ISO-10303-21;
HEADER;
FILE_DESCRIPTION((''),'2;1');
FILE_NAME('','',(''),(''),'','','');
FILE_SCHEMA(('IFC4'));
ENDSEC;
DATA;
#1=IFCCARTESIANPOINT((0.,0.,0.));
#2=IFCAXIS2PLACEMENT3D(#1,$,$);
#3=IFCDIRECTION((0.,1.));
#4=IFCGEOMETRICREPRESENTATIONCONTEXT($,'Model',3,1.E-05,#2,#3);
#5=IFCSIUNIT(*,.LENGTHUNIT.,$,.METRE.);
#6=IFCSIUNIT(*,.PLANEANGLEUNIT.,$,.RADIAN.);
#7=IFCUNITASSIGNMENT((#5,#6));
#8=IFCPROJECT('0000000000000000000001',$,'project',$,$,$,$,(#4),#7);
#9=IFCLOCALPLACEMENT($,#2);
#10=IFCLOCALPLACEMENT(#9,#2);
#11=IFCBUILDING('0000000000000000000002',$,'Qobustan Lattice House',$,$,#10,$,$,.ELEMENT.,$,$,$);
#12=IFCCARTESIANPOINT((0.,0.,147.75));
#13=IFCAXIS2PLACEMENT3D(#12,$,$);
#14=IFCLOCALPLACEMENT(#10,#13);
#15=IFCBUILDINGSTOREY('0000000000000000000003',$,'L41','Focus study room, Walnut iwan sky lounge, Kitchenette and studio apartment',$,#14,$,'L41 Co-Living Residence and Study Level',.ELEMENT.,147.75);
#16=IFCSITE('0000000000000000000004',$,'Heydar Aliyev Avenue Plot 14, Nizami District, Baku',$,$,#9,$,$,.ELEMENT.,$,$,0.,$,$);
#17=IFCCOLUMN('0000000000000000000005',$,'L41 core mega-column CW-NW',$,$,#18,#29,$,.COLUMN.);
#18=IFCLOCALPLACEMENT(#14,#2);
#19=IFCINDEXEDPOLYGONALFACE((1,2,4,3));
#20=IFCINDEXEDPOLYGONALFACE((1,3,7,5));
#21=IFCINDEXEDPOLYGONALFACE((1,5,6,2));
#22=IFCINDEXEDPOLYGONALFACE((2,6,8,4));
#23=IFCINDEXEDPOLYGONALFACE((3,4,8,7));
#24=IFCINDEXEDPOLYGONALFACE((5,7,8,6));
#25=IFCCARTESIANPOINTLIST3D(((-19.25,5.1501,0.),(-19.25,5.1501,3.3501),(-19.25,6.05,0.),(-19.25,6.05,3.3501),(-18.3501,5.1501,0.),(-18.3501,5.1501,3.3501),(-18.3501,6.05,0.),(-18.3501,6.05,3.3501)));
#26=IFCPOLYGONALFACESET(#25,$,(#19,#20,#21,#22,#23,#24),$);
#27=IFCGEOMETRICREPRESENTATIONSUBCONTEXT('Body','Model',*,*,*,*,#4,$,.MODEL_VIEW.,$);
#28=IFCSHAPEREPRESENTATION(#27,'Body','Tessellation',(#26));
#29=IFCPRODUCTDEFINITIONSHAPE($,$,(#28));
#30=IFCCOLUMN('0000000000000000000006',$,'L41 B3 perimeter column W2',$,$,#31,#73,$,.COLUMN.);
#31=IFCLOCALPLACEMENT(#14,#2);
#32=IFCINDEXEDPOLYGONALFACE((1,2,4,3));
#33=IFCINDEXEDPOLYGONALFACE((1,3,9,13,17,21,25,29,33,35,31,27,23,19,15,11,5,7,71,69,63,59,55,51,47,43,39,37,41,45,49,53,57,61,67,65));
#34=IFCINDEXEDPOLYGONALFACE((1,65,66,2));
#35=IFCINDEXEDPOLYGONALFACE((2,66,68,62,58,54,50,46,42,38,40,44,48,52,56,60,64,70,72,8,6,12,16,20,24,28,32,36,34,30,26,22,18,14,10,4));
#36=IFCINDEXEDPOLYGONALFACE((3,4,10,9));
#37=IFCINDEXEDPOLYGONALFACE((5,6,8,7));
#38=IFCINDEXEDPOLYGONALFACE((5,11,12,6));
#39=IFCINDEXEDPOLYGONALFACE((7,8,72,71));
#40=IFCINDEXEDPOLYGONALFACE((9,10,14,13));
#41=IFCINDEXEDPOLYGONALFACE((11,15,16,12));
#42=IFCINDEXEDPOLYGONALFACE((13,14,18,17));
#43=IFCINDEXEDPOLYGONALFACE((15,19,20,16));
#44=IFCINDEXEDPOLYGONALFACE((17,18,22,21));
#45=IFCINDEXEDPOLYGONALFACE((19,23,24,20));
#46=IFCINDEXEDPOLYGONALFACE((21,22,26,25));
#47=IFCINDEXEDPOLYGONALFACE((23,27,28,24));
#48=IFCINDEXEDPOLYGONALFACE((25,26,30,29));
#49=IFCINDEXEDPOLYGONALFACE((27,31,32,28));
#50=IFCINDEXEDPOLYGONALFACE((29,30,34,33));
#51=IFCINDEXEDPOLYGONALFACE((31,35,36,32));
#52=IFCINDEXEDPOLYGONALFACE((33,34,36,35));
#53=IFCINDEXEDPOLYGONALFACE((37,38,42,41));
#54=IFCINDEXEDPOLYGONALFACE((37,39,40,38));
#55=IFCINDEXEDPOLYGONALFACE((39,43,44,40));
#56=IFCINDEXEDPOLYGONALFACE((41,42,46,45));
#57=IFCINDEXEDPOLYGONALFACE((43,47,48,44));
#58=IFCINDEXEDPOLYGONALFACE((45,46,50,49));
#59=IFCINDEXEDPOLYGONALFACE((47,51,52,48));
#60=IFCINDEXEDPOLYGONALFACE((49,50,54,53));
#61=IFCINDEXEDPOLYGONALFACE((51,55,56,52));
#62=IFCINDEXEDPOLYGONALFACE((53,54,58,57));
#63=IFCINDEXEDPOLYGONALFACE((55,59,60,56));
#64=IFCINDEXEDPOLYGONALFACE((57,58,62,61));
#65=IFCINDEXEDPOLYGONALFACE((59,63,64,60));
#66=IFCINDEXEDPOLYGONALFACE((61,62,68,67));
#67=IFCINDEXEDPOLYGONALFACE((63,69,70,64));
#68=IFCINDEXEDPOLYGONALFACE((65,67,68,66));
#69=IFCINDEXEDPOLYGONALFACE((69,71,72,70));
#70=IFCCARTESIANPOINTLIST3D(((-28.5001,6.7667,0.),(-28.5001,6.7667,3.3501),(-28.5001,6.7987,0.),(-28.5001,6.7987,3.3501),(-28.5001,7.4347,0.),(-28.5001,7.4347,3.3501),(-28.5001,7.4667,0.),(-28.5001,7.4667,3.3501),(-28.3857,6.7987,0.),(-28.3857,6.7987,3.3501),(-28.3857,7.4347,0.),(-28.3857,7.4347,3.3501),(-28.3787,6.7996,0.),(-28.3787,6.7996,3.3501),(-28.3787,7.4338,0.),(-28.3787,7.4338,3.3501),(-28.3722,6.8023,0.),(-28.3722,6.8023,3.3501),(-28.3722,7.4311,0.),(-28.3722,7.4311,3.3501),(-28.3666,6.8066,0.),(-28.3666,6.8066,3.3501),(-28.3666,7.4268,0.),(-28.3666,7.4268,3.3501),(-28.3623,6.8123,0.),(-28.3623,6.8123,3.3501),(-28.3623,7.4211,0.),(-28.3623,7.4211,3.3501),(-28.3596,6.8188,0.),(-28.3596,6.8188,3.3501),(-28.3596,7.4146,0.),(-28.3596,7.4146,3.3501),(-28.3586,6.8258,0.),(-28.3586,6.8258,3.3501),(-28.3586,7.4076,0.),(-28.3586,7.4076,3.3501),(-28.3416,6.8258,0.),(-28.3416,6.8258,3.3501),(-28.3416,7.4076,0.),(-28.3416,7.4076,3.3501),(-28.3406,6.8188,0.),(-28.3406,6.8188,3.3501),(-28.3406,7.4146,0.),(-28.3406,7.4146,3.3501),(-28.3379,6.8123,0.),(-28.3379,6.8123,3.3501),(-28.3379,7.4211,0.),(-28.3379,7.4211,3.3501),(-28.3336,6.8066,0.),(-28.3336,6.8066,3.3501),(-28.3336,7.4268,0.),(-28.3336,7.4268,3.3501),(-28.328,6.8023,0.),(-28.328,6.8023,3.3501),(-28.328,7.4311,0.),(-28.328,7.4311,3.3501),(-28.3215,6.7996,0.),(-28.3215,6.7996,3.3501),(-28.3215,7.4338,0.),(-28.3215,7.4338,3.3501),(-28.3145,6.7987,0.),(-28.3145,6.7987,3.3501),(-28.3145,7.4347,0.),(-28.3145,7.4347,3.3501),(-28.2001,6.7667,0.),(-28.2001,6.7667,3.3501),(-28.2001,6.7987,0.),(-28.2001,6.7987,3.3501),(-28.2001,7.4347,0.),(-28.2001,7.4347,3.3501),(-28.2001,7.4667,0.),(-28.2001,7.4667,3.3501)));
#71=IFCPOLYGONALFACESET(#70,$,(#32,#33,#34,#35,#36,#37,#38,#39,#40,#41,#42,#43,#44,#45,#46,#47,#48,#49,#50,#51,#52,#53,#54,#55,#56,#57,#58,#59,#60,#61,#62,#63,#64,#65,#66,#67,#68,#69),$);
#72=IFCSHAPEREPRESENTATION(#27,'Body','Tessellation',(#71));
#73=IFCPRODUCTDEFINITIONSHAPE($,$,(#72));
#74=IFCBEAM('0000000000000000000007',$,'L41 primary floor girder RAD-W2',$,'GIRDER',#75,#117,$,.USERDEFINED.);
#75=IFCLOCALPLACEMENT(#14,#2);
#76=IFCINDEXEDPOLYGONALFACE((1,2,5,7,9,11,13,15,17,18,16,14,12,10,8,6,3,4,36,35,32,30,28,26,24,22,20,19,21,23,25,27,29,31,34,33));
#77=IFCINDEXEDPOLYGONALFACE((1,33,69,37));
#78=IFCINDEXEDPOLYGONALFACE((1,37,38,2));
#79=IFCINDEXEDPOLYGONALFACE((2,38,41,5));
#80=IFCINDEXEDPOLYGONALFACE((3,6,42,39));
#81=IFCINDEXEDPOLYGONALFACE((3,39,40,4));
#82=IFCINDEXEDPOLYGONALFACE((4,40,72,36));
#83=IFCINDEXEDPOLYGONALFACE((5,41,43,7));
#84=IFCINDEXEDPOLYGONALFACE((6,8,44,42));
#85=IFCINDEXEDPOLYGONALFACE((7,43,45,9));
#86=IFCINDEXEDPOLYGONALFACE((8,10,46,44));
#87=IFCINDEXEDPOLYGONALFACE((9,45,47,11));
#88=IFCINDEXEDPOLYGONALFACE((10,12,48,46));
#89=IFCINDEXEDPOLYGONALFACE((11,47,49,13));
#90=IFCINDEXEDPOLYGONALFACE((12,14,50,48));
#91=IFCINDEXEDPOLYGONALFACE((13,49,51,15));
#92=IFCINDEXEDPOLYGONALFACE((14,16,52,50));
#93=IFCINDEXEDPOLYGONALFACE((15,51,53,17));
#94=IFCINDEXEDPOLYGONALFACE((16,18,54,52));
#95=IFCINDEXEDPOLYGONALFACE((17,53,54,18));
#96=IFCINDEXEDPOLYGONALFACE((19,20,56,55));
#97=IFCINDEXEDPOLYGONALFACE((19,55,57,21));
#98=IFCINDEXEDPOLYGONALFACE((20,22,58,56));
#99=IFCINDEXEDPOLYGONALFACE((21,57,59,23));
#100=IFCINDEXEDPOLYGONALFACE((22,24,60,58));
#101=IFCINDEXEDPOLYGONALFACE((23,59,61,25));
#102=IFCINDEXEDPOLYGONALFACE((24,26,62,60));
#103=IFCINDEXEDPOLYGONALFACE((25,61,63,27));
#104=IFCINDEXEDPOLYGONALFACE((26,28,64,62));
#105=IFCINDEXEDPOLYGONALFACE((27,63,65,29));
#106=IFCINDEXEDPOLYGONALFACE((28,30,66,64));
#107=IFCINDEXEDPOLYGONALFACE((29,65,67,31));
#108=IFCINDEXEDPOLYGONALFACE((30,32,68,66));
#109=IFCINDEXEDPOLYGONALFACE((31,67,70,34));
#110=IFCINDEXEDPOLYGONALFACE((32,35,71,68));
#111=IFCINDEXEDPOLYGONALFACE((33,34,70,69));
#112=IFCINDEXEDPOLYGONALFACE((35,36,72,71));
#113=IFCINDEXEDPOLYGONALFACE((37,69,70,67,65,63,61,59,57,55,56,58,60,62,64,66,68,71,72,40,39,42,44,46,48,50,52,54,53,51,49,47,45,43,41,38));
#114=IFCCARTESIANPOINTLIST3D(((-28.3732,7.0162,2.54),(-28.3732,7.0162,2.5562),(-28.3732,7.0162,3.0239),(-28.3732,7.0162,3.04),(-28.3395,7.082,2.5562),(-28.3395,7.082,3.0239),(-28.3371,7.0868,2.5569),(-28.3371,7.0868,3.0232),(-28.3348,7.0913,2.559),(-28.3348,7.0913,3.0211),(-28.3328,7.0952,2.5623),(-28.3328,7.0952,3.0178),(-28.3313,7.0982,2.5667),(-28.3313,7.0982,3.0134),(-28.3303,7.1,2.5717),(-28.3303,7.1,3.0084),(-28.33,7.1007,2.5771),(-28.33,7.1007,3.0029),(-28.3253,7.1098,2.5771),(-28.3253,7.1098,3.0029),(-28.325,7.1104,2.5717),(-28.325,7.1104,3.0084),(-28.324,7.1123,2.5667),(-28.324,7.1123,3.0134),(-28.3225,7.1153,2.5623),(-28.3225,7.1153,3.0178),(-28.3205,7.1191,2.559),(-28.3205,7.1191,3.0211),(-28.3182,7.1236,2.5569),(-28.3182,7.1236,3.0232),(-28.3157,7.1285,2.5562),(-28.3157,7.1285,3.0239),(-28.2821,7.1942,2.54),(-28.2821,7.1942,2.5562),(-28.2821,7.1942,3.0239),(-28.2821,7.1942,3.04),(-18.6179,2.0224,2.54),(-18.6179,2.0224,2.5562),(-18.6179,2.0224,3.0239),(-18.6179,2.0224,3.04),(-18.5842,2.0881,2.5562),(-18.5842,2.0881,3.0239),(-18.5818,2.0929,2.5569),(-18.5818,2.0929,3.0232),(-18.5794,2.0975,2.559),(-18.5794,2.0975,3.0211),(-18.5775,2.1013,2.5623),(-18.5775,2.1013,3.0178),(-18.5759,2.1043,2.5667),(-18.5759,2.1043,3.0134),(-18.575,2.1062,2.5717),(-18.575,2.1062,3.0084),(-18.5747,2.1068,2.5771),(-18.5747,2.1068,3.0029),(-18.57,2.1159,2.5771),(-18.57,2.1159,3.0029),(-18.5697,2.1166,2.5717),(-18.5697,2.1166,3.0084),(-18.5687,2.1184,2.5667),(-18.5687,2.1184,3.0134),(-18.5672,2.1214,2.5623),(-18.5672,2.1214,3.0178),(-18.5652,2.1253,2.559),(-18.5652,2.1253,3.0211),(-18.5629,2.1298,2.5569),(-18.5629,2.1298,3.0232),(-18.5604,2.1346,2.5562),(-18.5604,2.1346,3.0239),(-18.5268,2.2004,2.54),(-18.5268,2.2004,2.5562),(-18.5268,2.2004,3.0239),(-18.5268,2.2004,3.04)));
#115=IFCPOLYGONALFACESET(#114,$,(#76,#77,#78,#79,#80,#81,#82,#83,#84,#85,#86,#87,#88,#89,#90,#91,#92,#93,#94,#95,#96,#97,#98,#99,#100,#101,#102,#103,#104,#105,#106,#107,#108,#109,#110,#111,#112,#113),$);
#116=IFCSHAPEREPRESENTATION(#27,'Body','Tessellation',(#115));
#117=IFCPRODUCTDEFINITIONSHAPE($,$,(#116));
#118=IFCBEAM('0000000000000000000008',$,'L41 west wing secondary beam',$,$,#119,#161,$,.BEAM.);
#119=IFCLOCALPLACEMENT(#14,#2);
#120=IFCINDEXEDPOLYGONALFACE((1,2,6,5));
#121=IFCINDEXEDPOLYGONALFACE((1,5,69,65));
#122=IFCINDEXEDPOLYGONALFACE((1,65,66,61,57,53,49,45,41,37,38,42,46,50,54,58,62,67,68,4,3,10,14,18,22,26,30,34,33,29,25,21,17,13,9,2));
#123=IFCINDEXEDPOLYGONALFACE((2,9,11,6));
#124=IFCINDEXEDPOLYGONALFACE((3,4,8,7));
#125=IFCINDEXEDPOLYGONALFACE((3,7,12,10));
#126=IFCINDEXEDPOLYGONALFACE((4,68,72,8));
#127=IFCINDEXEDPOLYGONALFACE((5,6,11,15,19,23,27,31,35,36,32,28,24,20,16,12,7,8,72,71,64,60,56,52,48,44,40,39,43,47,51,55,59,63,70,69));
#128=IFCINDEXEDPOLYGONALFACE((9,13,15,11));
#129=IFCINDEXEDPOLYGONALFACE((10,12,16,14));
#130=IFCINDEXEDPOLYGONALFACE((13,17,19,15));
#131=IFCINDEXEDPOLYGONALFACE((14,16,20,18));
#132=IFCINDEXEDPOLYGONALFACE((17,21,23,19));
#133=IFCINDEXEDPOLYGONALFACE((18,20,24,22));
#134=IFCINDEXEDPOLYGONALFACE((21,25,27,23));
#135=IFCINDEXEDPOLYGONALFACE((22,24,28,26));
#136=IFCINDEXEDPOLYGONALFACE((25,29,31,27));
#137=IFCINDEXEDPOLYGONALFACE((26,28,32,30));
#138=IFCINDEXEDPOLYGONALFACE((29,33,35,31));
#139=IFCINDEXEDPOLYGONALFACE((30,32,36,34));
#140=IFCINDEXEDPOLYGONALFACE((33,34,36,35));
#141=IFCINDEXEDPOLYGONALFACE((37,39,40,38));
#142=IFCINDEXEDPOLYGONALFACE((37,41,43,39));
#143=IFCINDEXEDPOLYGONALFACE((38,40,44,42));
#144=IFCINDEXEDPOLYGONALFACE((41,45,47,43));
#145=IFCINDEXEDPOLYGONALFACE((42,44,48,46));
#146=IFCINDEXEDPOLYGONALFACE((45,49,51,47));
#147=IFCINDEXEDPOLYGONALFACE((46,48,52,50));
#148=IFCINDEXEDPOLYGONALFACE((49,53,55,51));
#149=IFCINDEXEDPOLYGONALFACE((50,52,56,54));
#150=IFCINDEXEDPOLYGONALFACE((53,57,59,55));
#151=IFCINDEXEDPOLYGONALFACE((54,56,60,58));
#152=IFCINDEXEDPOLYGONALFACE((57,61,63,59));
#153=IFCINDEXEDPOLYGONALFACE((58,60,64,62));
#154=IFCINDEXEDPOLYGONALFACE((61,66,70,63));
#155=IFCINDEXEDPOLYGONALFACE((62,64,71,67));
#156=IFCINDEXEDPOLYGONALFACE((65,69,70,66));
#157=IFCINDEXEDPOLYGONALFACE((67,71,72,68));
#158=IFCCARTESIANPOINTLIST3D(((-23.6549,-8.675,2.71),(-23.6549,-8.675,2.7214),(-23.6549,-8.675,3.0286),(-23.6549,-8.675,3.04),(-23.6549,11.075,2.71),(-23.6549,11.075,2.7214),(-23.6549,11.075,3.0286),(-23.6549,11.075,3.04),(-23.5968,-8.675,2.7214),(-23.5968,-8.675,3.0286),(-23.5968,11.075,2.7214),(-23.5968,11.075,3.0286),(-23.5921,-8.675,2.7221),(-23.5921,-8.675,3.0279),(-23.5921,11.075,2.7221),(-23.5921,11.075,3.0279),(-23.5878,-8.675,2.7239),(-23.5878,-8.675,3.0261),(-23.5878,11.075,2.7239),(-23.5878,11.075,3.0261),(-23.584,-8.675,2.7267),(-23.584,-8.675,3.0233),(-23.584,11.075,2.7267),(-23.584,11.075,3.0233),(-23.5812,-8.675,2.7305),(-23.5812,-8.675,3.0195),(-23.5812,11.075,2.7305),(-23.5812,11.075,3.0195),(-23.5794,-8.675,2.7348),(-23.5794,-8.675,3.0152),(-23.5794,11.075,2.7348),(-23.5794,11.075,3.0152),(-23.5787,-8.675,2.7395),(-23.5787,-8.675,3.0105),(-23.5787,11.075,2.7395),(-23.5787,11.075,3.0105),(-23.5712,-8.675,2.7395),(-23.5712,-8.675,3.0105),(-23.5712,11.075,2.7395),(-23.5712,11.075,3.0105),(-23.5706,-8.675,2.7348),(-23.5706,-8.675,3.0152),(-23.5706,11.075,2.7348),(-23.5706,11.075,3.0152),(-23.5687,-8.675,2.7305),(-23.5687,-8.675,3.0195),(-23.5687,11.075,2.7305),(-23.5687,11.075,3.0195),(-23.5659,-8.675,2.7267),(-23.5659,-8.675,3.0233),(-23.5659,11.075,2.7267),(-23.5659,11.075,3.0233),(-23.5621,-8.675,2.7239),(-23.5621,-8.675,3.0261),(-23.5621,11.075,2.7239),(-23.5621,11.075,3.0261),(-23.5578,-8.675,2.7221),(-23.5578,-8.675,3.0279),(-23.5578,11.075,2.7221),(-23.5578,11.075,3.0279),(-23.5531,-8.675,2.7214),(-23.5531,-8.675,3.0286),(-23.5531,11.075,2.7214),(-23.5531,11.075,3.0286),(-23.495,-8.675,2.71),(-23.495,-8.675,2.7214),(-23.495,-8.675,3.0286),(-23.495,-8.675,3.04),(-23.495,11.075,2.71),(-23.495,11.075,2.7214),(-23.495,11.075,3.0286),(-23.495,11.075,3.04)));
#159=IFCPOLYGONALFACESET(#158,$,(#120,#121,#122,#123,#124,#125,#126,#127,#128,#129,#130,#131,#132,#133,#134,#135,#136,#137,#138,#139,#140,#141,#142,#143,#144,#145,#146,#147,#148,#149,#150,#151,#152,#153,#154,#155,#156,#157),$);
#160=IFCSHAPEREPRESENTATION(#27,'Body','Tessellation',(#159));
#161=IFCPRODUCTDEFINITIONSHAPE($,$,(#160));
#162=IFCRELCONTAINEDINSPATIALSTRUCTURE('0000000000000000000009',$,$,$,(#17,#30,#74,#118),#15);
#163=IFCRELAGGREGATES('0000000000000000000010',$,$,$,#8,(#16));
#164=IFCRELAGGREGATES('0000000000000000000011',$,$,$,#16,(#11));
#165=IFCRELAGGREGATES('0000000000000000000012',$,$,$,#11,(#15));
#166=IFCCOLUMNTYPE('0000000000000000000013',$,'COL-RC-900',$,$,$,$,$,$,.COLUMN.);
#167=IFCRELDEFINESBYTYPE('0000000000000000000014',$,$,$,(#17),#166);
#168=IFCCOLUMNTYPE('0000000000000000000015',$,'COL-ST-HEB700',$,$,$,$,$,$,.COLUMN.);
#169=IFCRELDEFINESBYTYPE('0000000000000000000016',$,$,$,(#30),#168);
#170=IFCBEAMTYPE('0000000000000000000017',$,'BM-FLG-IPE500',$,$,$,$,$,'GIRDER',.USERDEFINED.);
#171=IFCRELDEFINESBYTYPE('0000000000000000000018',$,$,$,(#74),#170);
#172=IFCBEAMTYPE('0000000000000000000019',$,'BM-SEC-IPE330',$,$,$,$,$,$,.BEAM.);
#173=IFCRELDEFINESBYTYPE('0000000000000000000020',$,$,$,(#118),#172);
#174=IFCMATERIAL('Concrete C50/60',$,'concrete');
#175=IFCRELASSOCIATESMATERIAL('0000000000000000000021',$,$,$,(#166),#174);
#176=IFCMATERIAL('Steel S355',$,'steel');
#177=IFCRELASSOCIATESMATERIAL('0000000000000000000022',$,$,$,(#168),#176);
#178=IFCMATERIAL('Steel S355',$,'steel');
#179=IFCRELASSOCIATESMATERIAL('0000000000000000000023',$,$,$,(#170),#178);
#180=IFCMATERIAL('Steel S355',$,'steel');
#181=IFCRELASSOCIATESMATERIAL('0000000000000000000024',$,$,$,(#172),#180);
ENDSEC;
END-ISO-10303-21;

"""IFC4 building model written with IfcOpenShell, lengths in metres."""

from ifc_helpers import new_model, si_unit, direction, frame, origin, origin_2d, place, context, subcontext, project, spatial, rectangle, i_section, extrude, material, material_profile, profile_set, type_object, element, save


model = new_model("IFC4")

# Units and contexts
model_context = context("Model", 3, precision=1e-05, world=origin(), true_north=direction((0.0, 1.0)))
body_context = subcontext(model_context, "Body", "Model", "MODEL_VIEW")
ifc_project = project(units=[si_unit("LENGTHUNIT", "METRE"), si_unit("PLANEANGLEUNIT", "RADIAN")], contexts=[model_context])

# Site, building, storey
site_placement = place(None, origin())
site = spatial("IfcSite", under=ifc_project, at=site_placement, Name="Heydar Aliyev Avenue Plot 14, Nizami District, Baku", CompositionType="ELEMENT", RefElevation=0.0)
building_placement = place(site_placement, origin())
building = spatial("IfcBuilding", under=site, at=building_placement, Name="Qobustan Lattice House", CompositionType="ELEMENT")
storey_placement = place(building_placement, frame((0.0, 0.0, 147.75)))
storey = spatial("IfcBuildingStorey", under=building, at=storey_placement, Name="L41", Description="Focus study room, Walnut iwan sky lounge, Kitchenette and studio apartment", LongName="L41 Co-Living Residence and Study Level", CompositionType="ELEMENT", Elevation=147.75)

# Columns
ifc_material_1 = material(Name="Concrete C50/60", Category="concrete")
ifc_material_profile_1 = material_profile(ifc_material_1, rectangle(XDim=0.8999, YDim=0.8999, at=origin_2d()), Name="RC900x900")
ifc_profile_set_1 = profile_set([ifc_material_profile_1], Name="Concrete C50/60")
column_type_1 = type_object("IfcColumnType", Name="COL-RC-900", PredefinedType="COLUMN", material=ifc_profile_set_1)
column_1_placement = place(storey_placement, frame((-18.8, 5.6001, 0.0), z_axis=(0.0, 0.0, 1.0), x_axis=(1.0, 0.0, 0.0)))
element("IfcColumn", 1, at=column_1_placement, inside=storey, type_object=column_type_1, Name="L41 core mega-column CW-NW", PredefinedType="COLUMN", context=body_context, shape_type="SweptSolid", body=[
    extrude(rectangle(XDim=0.8999, YDim=0.8999, at=origin_2d()), origin(), (0.0, 0.0, 1.0), 3.3501),
])
ifc_material_2 = material(Name="Steel S355", Category="steel")
ifc_material_profile_2 = material_profile(ifc_material_2, i_section(OverallWidth=0.3, OverallDepth=0.7, WebThickness=0.0171, FlangeThickness=0.032, FilletRadius=0.0271, at=origin_2d()), Name="HEB700")
ifc_profile_set_2 = profile_set([ifc_material_profile_2], Name="Steel S355")
column_type_2 = type_object("IfcColumnType", Name="COL-ST-HEB700", PredefinedType="COLUMN", material=ifc_profile_set_2)
column_2_placement = place(storey_placement, frame((-28.3501, 7.1167, 0.0), z_axis=(0.0, 0.0, 1.0), x_axis=(1.0, 0.0, 0.0)))
element("IfcColumn", 2, at=column_2_placement, inside=storey, type_object=column_type_2, Name="L41 B3 perimeter column W2", PredefinedType="COLUMN", context=body_context, shape_type="SweptSolid", body=[
    extrude(i_section(OverallWidth=0.3, OverallDepth=0.7, WebThickness=0.0171, FlangeThickness=0.032, FilletRadius=0.0271, at=origin_2d()), origin(), (0.0, 0.0, 1.0), 3.3501),
])

# Beams
ifc_material_3 = material(Name="Steel S355", Category="steel")
ifc_material_profile_3 = material_profile(ifc_material_3, i_section(OverallWidth=0.2, OverallDepth=0.5, WebThickness=0.0103, FlangeThickness=0.0161, FilletRadius=0.021, at=origin_2d()), Name="IPE500")
ifc_profile_set_3 = profile_set([ifc_material_profile_3], Name="Steel S355")
beam_type_1 = type_object("IfcBeamType", Name="BM-FLG-IPE500", ElementType="GIRDER", PredefinedType="USERDEFINED", material=ifc_profile_set_3)
beam_1_placement = place(storey_placement, frame((-28.3276, 7.1052, 2.79), z_axis=(0.890145, -0.455677, 0.0), x_axis=(0.455677, 0.890145, 0.0)))
element("IfcBeam", 3, at=beam_1_placement, inside=storey, type_object=beam_type_1, Name="L41 primary floor girder RAD-W2", ObjectType="GIRDER", PredefinedType="USERDEFINED", context=body_context, shape_type="SweptSolid", body=[
    extrude(i_section(OverallWidth=0.2, OverallDepth=0.5, WebThickness=0.0103, FlangeThickness=0.0161, FilletRadius=0.021, at=origin_2d()), origin(), (0.0, 0.0, 1.0), 10.9592),
])
ifc_material_4 = material(Name="Steel S355", Category="steel")
ifc_material_profile_4 = material_profile(ifc_material_4, i_section(OverallWidth=0.1599, OverallDepth=0.3301, WebThickness=0.0076, FlangeThickness=0.0115, FilletRadius=0.0181, at=origin_2d()), Name="IPE330")
ifc_profile_set_4 = profile_set([ifc_material_profile_4], Name="Steel S355")
beam_type_2 = type_object("IfcBeamType", Name="BM-SEC-IPE330", PredefinedType="BEAM", material=ifc_profile_set_4)
beam_2_placement = place(storey_placement, frame((-23.575, 11.075, 2.875), z_axis=(0.0, -1.0, 0.0), x_axis=(1.0, 0.0, 0.0)))
element("IfcBeam", 4, at=beam_2_placement, inside=storey, type_object=beam_type_2, Name="L41 west wing secondary beam", PredefinedType="BEAM", context=body_context, shape_type="SweptSolid", body=[
    extrude(i_section(OverallWidth=0.1599, OverallDepth=0.3301, WebThickness=0.0076, FlangeThickness=0.0115, FilletRadius=0.0181, at=origin_2d()), origin(), (0.0, 0.0, 1.0), 19.75),
])

save(model, "model.ifc")
